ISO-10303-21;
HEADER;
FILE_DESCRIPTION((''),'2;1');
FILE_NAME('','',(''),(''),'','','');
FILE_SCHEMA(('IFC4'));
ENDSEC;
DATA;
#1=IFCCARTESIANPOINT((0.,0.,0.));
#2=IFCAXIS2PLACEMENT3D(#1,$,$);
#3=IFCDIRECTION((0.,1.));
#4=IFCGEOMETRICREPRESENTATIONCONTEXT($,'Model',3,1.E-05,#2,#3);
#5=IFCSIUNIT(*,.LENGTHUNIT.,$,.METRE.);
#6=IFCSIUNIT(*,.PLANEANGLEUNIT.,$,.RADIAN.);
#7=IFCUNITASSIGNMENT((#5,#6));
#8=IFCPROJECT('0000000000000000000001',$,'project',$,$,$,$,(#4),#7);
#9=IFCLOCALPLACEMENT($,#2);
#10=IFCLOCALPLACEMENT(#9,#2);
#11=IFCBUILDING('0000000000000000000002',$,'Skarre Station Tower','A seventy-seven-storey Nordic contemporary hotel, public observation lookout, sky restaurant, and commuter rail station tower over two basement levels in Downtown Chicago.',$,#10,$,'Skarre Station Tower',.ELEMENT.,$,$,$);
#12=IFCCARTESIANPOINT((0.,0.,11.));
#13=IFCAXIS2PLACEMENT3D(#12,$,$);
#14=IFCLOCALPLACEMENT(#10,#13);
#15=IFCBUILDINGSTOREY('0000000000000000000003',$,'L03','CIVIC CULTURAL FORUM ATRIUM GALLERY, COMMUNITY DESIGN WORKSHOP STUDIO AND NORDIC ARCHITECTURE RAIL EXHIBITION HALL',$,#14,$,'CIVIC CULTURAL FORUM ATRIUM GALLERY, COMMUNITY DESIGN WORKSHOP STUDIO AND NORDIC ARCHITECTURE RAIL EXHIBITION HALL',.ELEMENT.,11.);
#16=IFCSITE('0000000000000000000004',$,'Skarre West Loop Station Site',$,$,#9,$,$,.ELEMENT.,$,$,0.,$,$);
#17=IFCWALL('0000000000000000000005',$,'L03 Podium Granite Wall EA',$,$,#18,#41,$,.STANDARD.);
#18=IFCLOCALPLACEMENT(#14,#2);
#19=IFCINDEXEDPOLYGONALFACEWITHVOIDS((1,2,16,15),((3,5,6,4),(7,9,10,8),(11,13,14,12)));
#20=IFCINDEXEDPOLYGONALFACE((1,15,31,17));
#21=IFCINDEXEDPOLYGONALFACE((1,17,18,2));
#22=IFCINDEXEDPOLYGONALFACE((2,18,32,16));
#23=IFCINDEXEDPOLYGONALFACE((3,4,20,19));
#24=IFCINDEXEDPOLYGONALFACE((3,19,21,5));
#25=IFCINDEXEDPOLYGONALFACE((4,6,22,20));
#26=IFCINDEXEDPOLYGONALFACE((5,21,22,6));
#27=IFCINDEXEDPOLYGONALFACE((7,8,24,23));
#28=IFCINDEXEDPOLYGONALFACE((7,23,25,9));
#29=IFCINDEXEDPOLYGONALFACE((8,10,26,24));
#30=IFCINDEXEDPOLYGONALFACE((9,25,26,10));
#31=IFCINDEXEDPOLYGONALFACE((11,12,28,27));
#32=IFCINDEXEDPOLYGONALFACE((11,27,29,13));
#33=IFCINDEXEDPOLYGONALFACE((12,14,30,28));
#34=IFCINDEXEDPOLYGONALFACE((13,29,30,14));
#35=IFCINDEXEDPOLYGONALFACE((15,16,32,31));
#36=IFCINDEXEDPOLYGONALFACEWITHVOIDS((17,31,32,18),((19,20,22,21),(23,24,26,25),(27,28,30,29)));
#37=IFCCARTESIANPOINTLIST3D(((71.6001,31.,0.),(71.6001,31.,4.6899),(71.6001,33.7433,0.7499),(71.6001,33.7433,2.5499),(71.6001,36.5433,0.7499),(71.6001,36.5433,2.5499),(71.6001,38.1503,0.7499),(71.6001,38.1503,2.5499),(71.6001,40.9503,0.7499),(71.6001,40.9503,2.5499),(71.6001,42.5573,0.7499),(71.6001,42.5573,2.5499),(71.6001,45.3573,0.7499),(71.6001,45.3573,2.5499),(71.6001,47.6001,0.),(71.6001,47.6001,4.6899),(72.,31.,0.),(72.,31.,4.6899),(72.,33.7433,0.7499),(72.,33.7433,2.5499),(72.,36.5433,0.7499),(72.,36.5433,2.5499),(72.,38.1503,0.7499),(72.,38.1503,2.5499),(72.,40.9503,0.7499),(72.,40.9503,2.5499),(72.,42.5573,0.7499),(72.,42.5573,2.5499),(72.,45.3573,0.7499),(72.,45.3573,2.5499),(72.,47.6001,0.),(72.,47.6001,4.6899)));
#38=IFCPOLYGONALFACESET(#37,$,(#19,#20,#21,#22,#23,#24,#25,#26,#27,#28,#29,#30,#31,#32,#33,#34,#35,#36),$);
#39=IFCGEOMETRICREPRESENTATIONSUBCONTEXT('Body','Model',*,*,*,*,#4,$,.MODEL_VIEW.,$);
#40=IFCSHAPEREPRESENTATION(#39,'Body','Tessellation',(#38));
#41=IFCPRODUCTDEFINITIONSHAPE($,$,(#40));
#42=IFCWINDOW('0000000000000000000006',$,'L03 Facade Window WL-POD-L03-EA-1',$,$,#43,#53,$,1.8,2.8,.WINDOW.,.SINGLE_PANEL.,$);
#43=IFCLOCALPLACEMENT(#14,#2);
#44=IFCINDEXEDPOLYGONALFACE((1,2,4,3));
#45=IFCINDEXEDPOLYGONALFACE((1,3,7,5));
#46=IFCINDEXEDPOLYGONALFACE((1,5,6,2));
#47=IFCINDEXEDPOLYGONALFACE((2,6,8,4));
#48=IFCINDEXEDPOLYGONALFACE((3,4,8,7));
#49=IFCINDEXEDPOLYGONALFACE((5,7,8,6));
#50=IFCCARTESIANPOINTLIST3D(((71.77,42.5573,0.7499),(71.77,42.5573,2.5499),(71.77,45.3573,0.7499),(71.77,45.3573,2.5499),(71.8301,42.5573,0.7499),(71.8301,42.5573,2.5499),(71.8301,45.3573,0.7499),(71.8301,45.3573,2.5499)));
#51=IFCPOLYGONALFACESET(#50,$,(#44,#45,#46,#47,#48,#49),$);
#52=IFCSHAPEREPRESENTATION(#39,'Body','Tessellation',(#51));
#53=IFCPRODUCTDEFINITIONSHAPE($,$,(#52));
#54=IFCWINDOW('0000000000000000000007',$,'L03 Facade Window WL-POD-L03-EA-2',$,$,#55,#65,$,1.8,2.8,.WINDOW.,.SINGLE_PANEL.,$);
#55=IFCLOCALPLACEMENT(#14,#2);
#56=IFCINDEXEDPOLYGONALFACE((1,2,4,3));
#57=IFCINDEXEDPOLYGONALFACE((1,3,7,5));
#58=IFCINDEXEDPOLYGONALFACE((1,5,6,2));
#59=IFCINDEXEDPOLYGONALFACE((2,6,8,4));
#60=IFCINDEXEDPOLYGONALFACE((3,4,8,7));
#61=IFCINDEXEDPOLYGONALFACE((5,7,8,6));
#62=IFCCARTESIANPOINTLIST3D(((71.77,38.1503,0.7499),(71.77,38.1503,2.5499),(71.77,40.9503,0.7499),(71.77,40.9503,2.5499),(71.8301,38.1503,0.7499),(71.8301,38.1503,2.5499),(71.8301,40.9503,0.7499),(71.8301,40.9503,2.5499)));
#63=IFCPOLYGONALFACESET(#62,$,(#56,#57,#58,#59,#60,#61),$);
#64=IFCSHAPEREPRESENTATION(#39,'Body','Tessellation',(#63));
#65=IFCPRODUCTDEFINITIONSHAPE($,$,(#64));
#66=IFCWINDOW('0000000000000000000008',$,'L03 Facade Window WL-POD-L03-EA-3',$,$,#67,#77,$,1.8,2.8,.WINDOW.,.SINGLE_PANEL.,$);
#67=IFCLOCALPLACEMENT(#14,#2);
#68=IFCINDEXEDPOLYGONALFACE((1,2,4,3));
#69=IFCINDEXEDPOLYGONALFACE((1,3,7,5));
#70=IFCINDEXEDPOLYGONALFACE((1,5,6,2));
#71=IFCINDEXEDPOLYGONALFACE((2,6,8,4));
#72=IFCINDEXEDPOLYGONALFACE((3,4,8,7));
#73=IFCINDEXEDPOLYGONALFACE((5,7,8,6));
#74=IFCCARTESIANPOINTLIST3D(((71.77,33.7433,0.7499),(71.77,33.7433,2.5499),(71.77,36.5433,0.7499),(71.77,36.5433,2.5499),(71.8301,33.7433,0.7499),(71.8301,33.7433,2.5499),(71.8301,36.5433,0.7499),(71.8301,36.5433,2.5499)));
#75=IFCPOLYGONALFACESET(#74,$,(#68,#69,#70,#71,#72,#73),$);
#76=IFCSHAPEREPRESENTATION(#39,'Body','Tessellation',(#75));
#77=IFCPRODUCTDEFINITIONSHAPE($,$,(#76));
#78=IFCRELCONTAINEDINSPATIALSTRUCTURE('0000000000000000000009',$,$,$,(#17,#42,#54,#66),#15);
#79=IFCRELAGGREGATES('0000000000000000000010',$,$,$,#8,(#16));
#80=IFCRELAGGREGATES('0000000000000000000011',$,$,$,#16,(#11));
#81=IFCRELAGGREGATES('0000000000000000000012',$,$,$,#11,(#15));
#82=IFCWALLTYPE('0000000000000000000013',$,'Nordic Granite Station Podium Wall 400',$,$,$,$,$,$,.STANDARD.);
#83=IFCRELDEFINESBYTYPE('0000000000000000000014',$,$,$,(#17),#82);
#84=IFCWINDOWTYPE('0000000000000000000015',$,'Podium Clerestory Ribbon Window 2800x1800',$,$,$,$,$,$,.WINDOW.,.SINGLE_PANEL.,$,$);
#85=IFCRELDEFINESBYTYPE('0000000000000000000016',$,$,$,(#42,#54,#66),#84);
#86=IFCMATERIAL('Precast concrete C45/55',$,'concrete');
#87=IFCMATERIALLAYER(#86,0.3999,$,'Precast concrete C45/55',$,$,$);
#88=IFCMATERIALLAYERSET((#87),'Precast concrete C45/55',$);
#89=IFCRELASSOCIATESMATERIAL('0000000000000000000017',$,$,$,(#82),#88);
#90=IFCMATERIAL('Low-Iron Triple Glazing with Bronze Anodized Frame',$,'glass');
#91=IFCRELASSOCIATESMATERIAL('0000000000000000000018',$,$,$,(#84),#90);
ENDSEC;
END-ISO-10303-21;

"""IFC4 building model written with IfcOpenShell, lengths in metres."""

from ifc_helpers import new_model, si_unit, direction, frame, frame_2d, origin, place, context, subcontext, project, spatial, rectangle, extrude, material, layer, layer_set, type_object, element, fill, save


model = new_model("IFC4")

# Units and contexts
model_context = context("Model", 3, precision=1e-05, world=origin(), true_north=direction((0.0, 1.0)))
body_context = subcontext(model_context, "Body", "Model", "MODEL_VIEW")
ifc_project = project(units=[si_unit("LENGTHUNIT", "METRE"), si_unit("PLANEANGLEUNIT", "RADIAN")], contexts=[model_context])

# Site, building, storey
site_placement = place(None, origin())
site = spatial("IfcSite", under=ifc_project, at=site_placement, Name="Skarre West Loop Station Site", CompositionType="ELEMENT", RefElevation=0.0)
building_placement = place(site_placement, origin())
building = spatial("IfcBuilding", under=site, at=building_placement, Name="Skarre Station Tower", Description="A seventy-seven-storey Nordic contemporary hotel, public observation lookout, sky restaurant, and commuter rail station tower over two basement levels in Downtown Chicago.", LongName="Skarre Station Tower", CompositionType="ELEMENT")
storey_placement = place(building_placement, frame((0.0, 0.0, 11.0)))
storey = spatial("IfcBuildingStorey", under=building, at=storey_placement, Name="L03", Description="CIVIC CULTURAL FORUM ATRIUM GALLERY, COMMUNITY DESIGN WORKSHOP STUDIO AND NORDIC ARCHITECTURE RAIL EXHIBITION HALL", LongName="CIVIC CULTURAL FORUM ATRIUM GALLERY, COMMUNITY DESIGN WORKSHOP STUDIO AND NORDIC ARCHITECTURE RAIL EXHIBITION HALL", CompositionType="ELEMENT", Elevation=11.0)

# Wall, openings, windows
ifc_material_1 = material(Name="Precast concrete C45/55", Category="concrete")
ifc_layer_1 = layer(ifc_material_1, 0.3999, Name="Precast concrete C45/55")
ifc_layer_set_1 = layer_set([ifc_layer_1], Name="Precast concrete C45/55")
wall_type_1 = type_object("IfcWallType", Name="Nordic Granite Station Podium Wall 400", PredefinedType="STANDARD", material=ifc_layer_set_1)
wall_1_placement = place(storey_placement, frame((71.8, 47.6001, 0.0), z_axis=(0.0, 0.0, 1.0), x_axis=(0.0, -1.0, 0.0)))
wall_1 = element("IfcWall", 1, at=wall_1_placement, inside=storey, type_object=wall_type_1, Name="L03 Podium Granite Wall EA", PredefinedType="STANDARD", context=body_context, shape_type="SweptSolid", body=[
    extrude(rectangle(XDim=16.6001, YDim=0.3999, at=frame_2d((8.3, 0.0))), origin(), (0.0, 0.0, 1.0), 4.6899),
])
opening_1_placement = place(wall_1_placement, frame((2.2429, 0.0, 0.75)))
opening_1 = element("IfcOpeningElement", 2, at=opening_1_placement, cuts=wall_1, PredefinedType="OPENING", context=body_context, shape_type="SweptSolid", body=[
    extrude(rectangle(XDim=2.8, YDim=1.8, at=frame_2d((1.3999, 0.8999))), frame((0.0, 0.21, 0.0), z_axis=(0.0, -1.0, 0.0), x_axis=(1.0, 0.0, 0.0)), (0.0, 0.0, 1.0), 0.4199),
])
opening_2_placement = place(wall_1_placement, frame((6.6499, 0.0, 0.75)))
opening_2 = element("IfcOpeningElement", 3, at=opening_2_placement, cuts=wall_1, PredefinedType="OPENING", context=body_context, shape_type="SweptSolid", body=[
    extrude(rectangle(XDim=2.8, YDim=1.8, at=frame_2d((1.3999, 0.8999))), frame((0.0, 0.21, 0.0), z_axis=(0.0, -1.0, 0.0), x_axis=(1.0, 0.0, 0.0)), (0.0, 0.0, 1.0), 0.4199),
])
opening_3_placement = place(wall_1_placement, frame((11.0569, 0.0, 0.75)))
opening_3 = element("IfcOpeningElement", 4, at=opening_3_placement, cuts=wall_1, PredefinedType="OPENING", context=body_context, shape_type="SweptSolid", body=[
    extrude(rectangle(XDim=2.8, YDim=1.8, at=frame_2d((1.3999, 0.8999))), frame((0.0, 0.21, 0.0), z_axis=(0.0, -1.0, 0.0), x_axis=(1.0, 0.0, 0.0)), (0.0, 0.0, 1.0), 0.4199),
])
ifc_material_2 = material(Name="Low-Iron Triple Glazing with Bronze Anodized Frame", Category="glass")
window_type = type_object("IfcWindowType", Name="Podium Clerestory Ribbon Window 2800x1800", PartitioningType="SINGLE_PANEL", PredefinedType="WINDOW", material=ifc_material_2)
window_1_placement = place(opening_1_placement, origin())
window_1 = element("IfcWindow", 5, at=window_1_placement, inside=storey, type_object=window_type, Name="L03 Facade Window WL-POD-L03-EA-1", OverallHeight=1.8, OverallWidth=2.8, PartitioningType="SINGLE_PANEL", PredefinedType="WINDOW", context=body_context, shape_type="SweptSolid", body=[
    extrude(rectangle(XDim=2.8, YDim=1.8, at=frame_2d((1.3999, 0.8999))), frame((0.0, 0.03, 0.0), z_axis=(0.0, -1.0, 0.0), x_axis=(1.0, 0.0, 0.0)), (0.0, 0.0, 1.0), 0.0601),
])
fill(opening_1, window_1)
window_2_placement = place(opening_2_placement, origin())
window_2 = element("IfcWindow", 6, at=window_2_placement, inside=storey, type_object=window_type, Name="L03 Facade Window WL-POD-L03-EA-2", OverallHeight=1.8, OverallWidth=2.8, PartitioningType="SINGLE_PANEL", PredefinedType="WINDOW", context=body_context, shape_type="SweptSolid", body=[
    extrude(rectangle(XDim=2.8, YDim=1.8, at=frame_2d((1.3999, 0.8999))), frame((0.0, 0.03, 0.0), z_axis=(0.0, -1.0, 0.0), x_axis=(1.0, 0.0, 0.0)), (0.0, 0.0, 1.0), 0.0601),
])
fill(opening_2, window_2)
window_3_placement = place(opening_3_placement, origin())
window_3 = element("IfcWindow", 7, at=window_3_placement, inside=storey, type_object=window_type, Name="L03 Facade Window WL-POD-L03-EA-3", OverallHeight=1.8, OverallWidth=2.8, PartitioningType="SINGLE_PANEL", PredefinedType="WINDOW", context=body_context, shape_type="SweptSolid", body=[
    extrude(rectangle(XDim=2.8, YDim=1.8, at=frame_2d((1.3999, 0.8999))), frame((0.0, 0.03, 0.0), z_axis=(0.0, -1.0, 0.0), x_axis=(1.0, 0.0, 0.0)), (0.0, 0.0, 1.0), 0.0601),
])
fill(opening_3, window_3)

save(model, "model.ifc")
